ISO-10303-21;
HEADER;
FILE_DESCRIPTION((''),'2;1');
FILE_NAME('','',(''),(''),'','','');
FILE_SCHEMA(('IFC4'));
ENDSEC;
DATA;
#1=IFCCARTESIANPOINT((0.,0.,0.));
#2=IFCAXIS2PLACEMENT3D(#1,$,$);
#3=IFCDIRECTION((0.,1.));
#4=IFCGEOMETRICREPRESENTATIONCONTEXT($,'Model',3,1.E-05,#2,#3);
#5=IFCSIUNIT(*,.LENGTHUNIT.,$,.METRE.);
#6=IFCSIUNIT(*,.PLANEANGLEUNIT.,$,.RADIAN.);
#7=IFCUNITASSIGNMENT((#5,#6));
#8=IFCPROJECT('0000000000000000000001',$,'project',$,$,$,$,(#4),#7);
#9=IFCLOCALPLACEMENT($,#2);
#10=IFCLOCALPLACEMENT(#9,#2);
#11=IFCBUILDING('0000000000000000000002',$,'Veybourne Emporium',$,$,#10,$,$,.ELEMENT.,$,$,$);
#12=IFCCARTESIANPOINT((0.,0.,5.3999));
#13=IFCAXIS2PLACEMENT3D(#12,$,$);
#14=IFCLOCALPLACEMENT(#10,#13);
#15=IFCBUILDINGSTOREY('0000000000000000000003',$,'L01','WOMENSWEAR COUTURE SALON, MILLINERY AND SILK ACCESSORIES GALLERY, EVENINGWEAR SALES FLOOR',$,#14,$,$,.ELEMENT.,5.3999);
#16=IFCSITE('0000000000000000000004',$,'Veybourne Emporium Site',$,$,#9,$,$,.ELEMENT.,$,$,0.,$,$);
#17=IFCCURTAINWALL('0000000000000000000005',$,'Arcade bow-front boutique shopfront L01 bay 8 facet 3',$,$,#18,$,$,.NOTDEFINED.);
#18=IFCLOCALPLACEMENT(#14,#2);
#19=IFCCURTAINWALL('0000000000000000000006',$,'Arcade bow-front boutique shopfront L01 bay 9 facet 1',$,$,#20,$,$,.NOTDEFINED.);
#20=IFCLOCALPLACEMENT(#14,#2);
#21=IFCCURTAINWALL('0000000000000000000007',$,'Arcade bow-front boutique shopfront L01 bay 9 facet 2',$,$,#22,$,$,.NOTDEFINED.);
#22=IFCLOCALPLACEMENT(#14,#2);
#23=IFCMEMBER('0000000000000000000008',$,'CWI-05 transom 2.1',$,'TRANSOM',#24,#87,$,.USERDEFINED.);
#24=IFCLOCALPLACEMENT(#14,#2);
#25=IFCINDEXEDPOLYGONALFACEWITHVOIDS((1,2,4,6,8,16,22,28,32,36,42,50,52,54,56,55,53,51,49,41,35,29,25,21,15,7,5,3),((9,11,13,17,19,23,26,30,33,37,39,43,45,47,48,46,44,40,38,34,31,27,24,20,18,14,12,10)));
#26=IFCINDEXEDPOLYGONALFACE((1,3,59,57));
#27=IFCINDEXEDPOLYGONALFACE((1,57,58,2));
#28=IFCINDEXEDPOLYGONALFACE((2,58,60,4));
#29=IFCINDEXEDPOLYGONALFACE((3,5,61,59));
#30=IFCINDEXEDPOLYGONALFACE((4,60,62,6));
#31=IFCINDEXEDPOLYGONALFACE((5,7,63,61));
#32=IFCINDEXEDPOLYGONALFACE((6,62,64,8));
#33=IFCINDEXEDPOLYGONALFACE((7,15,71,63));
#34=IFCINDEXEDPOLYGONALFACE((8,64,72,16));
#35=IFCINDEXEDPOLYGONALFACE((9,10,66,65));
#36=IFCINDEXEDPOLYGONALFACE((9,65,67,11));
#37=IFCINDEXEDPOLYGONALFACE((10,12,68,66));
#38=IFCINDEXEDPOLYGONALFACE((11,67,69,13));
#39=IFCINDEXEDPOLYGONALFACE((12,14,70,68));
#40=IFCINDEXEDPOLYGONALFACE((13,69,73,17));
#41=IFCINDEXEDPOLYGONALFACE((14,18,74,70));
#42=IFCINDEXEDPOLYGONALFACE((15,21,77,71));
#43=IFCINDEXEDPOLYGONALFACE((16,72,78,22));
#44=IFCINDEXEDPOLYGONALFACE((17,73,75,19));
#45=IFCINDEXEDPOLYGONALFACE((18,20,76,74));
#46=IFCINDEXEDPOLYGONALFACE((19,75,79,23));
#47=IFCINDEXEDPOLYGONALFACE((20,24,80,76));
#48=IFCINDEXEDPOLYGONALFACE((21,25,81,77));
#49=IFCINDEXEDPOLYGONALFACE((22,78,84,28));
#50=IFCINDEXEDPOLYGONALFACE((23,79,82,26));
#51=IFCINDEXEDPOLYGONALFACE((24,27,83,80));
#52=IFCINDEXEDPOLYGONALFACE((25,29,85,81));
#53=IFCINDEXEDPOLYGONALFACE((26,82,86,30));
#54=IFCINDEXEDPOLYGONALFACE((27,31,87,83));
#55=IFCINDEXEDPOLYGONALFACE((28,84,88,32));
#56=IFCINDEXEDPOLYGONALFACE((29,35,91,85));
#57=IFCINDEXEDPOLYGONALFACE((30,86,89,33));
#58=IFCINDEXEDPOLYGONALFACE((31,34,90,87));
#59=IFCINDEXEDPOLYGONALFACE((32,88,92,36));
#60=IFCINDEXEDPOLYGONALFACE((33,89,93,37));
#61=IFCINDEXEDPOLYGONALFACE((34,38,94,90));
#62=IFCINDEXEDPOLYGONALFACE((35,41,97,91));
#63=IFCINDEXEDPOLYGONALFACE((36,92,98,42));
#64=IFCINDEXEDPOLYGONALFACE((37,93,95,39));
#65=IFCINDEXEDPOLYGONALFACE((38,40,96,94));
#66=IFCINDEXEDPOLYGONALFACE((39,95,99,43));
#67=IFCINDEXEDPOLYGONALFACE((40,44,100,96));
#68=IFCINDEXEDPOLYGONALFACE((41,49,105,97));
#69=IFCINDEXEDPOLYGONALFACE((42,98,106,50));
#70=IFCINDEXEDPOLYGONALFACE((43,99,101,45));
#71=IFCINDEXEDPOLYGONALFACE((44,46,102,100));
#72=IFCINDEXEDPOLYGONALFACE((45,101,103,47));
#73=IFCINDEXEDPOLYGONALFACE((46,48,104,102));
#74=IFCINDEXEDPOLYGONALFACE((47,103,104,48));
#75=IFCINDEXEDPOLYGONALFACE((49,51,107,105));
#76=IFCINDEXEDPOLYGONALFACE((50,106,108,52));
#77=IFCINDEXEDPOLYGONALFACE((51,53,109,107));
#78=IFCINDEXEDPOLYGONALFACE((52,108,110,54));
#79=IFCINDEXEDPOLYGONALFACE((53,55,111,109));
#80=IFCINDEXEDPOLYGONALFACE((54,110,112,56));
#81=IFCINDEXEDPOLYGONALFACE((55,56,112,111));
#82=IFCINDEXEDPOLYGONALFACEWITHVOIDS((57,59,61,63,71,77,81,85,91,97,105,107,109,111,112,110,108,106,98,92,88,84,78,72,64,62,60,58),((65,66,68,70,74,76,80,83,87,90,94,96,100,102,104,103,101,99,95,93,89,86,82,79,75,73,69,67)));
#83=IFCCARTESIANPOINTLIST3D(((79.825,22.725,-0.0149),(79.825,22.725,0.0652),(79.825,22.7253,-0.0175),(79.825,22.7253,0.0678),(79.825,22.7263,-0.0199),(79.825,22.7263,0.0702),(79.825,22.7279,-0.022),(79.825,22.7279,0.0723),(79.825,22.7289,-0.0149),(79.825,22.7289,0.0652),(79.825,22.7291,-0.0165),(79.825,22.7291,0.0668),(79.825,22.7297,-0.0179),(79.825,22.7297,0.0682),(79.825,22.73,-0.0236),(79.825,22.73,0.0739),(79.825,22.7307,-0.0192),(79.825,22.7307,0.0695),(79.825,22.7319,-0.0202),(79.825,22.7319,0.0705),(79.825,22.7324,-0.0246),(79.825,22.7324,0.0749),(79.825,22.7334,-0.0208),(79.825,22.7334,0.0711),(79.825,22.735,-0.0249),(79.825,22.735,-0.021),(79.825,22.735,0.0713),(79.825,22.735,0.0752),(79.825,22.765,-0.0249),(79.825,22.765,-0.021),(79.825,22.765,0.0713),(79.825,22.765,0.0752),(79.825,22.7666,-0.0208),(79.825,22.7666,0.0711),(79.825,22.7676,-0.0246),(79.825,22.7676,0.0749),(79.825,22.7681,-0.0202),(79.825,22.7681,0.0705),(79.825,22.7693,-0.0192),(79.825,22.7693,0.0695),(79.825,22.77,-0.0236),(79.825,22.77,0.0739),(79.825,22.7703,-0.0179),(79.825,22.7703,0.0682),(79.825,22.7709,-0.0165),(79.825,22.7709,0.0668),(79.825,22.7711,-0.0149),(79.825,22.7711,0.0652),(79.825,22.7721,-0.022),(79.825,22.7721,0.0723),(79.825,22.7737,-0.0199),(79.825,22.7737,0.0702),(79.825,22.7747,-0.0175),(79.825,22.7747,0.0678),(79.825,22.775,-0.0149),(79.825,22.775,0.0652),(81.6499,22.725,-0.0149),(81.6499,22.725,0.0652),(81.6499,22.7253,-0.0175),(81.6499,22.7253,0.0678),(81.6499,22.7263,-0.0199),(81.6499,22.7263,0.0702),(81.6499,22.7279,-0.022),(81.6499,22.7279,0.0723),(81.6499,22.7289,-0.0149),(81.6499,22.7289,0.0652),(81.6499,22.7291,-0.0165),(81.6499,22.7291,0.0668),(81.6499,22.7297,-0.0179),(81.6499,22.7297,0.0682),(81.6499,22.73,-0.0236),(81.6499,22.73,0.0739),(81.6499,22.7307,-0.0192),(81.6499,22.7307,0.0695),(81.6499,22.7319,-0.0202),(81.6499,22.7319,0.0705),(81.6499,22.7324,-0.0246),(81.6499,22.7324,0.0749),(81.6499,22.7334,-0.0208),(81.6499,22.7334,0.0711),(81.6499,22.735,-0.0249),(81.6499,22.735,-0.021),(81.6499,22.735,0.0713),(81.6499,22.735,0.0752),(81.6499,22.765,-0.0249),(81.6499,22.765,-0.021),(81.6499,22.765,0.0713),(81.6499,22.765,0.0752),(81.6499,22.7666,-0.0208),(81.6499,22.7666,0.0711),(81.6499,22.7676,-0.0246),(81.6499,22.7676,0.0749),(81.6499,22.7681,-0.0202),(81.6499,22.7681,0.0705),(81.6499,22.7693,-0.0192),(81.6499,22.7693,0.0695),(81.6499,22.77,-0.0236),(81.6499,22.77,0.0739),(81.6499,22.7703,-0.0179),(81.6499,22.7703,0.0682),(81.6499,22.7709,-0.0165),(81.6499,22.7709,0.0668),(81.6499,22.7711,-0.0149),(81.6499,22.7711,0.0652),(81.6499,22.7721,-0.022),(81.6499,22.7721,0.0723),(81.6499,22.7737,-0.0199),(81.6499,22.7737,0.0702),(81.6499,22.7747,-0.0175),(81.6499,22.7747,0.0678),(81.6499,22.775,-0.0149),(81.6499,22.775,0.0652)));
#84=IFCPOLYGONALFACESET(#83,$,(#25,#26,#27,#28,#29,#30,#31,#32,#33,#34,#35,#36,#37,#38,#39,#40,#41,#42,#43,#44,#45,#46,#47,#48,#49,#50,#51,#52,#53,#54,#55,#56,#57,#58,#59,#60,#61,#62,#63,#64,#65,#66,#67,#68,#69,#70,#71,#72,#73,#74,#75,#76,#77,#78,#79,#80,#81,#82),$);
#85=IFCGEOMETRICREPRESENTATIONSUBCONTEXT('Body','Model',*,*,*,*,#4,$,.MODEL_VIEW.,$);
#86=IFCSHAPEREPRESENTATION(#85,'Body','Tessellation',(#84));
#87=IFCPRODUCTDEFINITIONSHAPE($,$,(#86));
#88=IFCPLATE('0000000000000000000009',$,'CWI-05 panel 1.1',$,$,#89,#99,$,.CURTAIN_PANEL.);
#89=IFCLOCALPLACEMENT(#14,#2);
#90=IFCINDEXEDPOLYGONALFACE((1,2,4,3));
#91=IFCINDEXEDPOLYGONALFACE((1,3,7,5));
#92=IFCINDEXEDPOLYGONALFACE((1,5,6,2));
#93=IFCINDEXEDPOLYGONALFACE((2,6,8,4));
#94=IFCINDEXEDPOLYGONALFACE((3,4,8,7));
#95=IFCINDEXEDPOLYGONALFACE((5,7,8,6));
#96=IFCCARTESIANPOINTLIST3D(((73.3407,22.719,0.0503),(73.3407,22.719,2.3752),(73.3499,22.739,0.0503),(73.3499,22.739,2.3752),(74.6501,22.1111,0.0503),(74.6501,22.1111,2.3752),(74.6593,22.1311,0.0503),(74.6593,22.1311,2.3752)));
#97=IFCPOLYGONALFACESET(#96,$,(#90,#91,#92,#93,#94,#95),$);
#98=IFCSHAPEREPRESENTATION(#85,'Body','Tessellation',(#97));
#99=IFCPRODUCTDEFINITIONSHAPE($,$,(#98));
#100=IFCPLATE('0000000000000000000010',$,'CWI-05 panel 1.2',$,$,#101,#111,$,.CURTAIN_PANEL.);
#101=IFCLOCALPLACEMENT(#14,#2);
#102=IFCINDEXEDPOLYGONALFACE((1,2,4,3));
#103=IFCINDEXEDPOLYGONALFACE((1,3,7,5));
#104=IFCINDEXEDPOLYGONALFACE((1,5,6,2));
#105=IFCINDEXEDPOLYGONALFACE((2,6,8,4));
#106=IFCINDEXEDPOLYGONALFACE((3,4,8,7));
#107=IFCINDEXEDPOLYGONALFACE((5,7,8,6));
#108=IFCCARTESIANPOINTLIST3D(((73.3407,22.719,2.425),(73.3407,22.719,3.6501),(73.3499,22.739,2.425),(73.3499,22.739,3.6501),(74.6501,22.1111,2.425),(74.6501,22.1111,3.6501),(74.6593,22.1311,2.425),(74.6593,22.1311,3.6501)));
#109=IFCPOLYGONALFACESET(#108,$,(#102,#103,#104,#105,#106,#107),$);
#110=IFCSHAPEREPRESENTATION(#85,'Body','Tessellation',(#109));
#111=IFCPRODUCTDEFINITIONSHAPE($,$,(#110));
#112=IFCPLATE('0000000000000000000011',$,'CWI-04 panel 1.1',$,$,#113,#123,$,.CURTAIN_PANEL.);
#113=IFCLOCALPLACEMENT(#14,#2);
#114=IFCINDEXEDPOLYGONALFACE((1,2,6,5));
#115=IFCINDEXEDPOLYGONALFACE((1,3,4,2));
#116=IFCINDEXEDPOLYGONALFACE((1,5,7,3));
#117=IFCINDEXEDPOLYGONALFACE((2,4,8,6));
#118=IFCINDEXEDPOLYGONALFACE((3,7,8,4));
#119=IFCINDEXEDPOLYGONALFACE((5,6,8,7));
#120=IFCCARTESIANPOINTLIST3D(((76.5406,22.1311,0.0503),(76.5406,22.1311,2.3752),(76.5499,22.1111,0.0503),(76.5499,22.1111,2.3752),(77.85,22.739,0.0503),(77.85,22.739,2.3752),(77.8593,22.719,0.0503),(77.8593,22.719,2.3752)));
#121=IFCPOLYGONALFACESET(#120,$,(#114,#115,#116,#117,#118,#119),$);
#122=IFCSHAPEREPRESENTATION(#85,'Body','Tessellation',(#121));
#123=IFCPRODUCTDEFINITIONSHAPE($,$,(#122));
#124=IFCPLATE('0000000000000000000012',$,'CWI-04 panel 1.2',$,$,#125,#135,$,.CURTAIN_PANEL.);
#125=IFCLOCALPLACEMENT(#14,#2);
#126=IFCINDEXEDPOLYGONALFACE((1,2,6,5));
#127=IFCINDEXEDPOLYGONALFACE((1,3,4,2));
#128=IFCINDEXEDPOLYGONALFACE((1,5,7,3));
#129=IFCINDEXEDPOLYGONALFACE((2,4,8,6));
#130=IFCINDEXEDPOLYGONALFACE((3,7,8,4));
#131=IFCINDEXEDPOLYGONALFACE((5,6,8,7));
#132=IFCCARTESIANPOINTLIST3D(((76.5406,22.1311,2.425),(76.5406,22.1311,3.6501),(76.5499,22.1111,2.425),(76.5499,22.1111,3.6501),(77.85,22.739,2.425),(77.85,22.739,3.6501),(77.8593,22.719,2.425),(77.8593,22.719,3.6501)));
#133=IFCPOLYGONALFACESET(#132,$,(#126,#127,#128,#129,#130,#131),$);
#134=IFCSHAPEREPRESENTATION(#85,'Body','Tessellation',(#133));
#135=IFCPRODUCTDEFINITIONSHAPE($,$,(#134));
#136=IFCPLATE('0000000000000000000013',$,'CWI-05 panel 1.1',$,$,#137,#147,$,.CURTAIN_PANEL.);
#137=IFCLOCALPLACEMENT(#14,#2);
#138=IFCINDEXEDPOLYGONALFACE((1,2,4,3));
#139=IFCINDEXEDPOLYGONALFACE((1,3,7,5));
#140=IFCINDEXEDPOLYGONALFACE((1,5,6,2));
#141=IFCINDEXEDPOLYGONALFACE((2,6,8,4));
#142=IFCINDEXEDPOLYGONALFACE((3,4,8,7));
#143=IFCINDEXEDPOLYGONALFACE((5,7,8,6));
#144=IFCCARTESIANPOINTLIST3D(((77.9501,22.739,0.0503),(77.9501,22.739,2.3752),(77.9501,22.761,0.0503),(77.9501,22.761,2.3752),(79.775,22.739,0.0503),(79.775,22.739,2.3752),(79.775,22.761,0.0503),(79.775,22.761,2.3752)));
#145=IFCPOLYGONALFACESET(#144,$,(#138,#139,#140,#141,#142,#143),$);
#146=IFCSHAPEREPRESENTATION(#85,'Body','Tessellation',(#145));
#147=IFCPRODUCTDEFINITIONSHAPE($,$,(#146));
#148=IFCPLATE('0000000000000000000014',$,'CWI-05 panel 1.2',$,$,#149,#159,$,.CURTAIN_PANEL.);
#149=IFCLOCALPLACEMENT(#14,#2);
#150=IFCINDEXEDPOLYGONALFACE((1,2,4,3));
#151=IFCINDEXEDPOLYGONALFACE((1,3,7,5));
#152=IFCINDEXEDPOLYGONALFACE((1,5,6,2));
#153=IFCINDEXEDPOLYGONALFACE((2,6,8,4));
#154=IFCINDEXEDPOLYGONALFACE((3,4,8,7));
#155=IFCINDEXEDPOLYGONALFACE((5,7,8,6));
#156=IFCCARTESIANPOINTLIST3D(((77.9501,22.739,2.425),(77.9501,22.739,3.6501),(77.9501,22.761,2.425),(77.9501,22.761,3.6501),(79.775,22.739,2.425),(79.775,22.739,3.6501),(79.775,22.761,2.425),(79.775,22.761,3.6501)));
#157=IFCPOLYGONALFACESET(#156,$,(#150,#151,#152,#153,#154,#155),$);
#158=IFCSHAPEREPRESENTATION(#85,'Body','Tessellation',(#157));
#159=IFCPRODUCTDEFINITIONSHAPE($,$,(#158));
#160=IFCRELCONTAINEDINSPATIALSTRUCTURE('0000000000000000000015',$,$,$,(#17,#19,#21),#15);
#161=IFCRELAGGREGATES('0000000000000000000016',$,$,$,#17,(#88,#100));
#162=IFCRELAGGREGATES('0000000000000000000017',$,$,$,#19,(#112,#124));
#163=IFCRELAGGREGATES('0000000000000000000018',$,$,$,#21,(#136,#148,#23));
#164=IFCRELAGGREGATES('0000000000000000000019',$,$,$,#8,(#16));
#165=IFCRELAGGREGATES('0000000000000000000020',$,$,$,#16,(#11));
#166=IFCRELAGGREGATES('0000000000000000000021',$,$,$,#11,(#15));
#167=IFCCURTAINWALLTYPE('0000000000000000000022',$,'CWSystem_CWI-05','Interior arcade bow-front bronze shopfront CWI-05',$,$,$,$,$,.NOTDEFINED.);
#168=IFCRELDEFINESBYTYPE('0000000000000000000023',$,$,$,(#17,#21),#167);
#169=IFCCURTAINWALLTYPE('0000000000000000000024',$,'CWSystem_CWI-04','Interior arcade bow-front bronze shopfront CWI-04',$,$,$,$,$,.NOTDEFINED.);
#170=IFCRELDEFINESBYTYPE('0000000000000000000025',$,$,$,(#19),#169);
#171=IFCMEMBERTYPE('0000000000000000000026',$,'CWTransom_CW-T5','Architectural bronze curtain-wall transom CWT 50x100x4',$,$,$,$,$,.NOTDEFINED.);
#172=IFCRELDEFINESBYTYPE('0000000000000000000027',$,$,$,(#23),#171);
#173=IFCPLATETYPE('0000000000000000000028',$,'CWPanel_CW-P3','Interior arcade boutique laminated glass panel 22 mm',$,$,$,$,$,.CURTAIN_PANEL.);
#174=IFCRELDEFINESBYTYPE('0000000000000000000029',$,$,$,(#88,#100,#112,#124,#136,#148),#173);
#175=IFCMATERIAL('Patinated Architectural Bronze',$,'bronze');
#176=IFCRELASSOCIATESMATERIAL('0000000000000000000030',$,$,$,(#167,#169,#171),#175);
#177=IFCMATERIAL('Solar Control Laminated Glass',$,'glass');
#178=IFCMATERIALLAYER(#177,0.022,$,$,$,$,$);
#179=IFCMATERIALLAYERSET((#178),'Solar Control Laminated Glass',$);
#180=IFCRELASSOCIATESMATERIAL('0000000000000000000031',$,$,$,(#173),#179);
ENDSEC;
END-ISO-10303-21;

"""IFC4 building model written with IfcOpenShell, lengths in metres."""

from ifc_helpers import new_model, si_unit, direction, frame, origin, origin_2d, place, context, subcontext, project, spatial, rectangle, hollow_rectangle, extrude, material, layer, layer_set, material_profile, profile_set, type_object, element, aggregate, save


model = new_model("IFC4")

# Units and contexts
model_context = context("Model", 3, precision=1e-05, world=origin(), true_north=direction((0.0, 1.0)))
body_context = subcontext(model_context, "Body", "Model", "MODEL_VIEW")
ifc_project = project(units=[si_unit("LENGTHUNIT", "METRE"), si_unit("PLANEANGLEUNIT", "RADIAN")], contexts=[model_context])

# Site, building, storey
site_placement = place(None, origin())
site = spatial("IfcSite", under=ifc_project, at=site_placement, Name="Veybourne Emporium Site", CompositionType="ELEMENT", RefElevation=0.0)
building_placement = place(site_placement, origin())
building = spatial("IfcBuilding", under=site, at=building_placement, Name="Veybourne Emporium", CompositionType="ELEMENT")
storey_placement = place(building_placement, frame((0.0, 0.0, 5.3999)))
storey = spatial("IfcBuildingStorey", under=building, at=storey_placement, Name="L01", Description="WOMENSWEAR COUTURE SALON, MILLINERY AND SILK ACCESSORIES GALLERY, EVENINGWEAR SALES FLOOR", CompositionType="ELEMENT", Elevation=5.3999)

# Curtain wall
ifc_material_1 = material(Name="Patinated Architectural Bronze", Category="bronze")
curtain_wall_type_1 = type_object("IfcCurtainWallType", Name="CWSystem_CWI-05", Description="Interior arcade bow-front bronze shopfront CWI-05", PredefinedType="NOTDEFINED", material=ifc_material_1)
curtain_wall_1_placement = place(storey_placement, origin())
curtain_wall_1 = element("IfcCurtainWall", 1, at=curtain_wall_1_placement, inside=storey, type_object=curtain_wall_type_1, Name="Arcade bow-front boutique shopfront L01 bay 8 facet 3", PredefinedType="NOTDEFINED")

# Curtain walls
curtain_wall_type_2 = type_object("IfcCurtainWallType", Name="CWSystem_CWI-04", Description="Interior arcade bow-front bronze shopfront CWI-04", PredefinedType="NOTDEFINED", material=ifc_material_1)
curtain_wall_2_placement = place(storey_placement, origin())
curtain_wall_2 = element("IfcCurtainWall", 2, at=curtain_wall_2_placement, inside=storey, type_object=curtain_wall_type_2, Name="Arcade bow-front boutique shopfront L01 bay 9 facet 1", PredefinedType="NOTDEFINED")
curtain_wall_3_placement = place(storey_placement, origin())
curtain_wall_3 = element("IfcCurtainWall", 3, at=curtain_wall_3_placement, inside=storey, type_object=curtain_wall_type_1, Name="Arcade bow-front boutique shopfront L01 bay 9 facet 2", PredefinedType="NOTDEFINED")

# Member
ifc_material_profile_1 = material_profile(ifc_material_1, hollow_rectangle(XDim=0.05, YDim=0.1001, WallThickness=0.0039, InnerFilletRadius=0.0061, OuterFilletRadius=0.01, at=origin_2d()), Name="CWT 50x100x4")
ifc_profile_set_1 = profile_set([ifc_material_profile_1], Name="Patinated Architectural Bronze")
member_type_1 = type_object("IfcMemberType", Name="CWTransom_CW-T5", Description="Architectural bronze curtain-wall transom CWT 50x100x4", PredefinedType="NOTDEFINED", material=ifc_profile_set_1)
member_1_placement = place(storey_placement, frame((79.825, 22.75, 0.0251), z_axis=(1.0, 0.0, 0.0), x_axis=(0.0, 1.0, 0.0)))
member_1 = element("IfcMember", 4, at=member_1_placement, type_object=member_type_1, Name="CWI-05 transom 2.1", ObjectType="TRANSOM", PredefinedType="USERDEFINED", context=body_context, shape_type="SweptSolid", body=[
    extrude(hollow_rectangle(XDim=0.05, YDim=0.1001, WallThickness=0.0039, InnerFilletRadius=0.0061, OuterFilletRadius=0.01, at=origin_2d()), origin(), (0.0, 0.0, 1.0), 1.825),
])

# Plates
ifc_material_2 = material(Name="Solar Control Laminated Glass", Category="glass")
ifc_layer = layer(ifc_material_2, 0.022)
ifc_layer_set = layer_set([ifc_layer], Name="Solar Control Laminated Glass")
plate_type = type_object("IfcPlateType", Name="CWPanel_CW-P3", Description="Interior arcade boutique laminated glass panel 22 mm", PredefinedType="CURTAIN_PANEL", material=ifc_layer_set)
plate_1_placement = place(storey_placement, frame((74.0, 22.425, 0.0503), z_axis=(0.0, 0.0, 1.0), x_axis=(0.907009, -0.421111, 0.0)))
plate_1 = element("IfcPlate", 5, at=plate_1_placement, type_object=plate_type, Name="CWI-05 panel 1.1", PredefinedType="CURTAIN_PANEL", context=body_context, shape_type="SweptSolid", body=[
    extrude(rectangle(XDim=1.4436, YDim=0.022, at=origin_2d()), origin(), (0.0, 0.0, 1.0), 2.325),
])
plate_2_placement = place(storey_placement, frame((74.0, 22.425, 2.425), z_axis=(0.0, 0.0, 1.0), x_axis=(0.907009, -0.421111, 0.0)))
plate_2 = element("IfcPlate", 6, at=plate_2_placement, type_object=plate_type, Name="CWI-05 panel 1.2", PredefinedType="CURTAIN_PANEL", context=body_context, shape_type="SweptSolid", body=[
    extrude(rectangle(XDim=1.4436, YDim=0.022, at=origin_2d()), origin(), (0.0, 0.0, 1.0), 1.2251),
])
aggregate(curtain_wall_1, [plate_1, plate_2])
plate_3_placement = place(storey_placement, frame((77.2, 22.425, 0.0503), z_axis=(0.0, 0.0, 1.0), x_axis=(0.907009, 0.421111, 0.0)))
plate_3 = element("IfcPlate", 7, at=plate_3_placement, type_object=plate_type, Name="CWI-04 panel 1.1", PredefinedType="CURTAIN_PANEL", context=body_context, shape_type="SweptSolid", body=[
    extrude(rectangle(XDim=1.4436, YDim=0.022, at=origin_2d()), origin(), (0.0, 0.0, 1.0), 2.325),
])
plate_4_placement = place(storey_placement, frame((77.2, 22.425, 2.425), z_axis=(0.0, 0.0, 1.0), x_axis=(0.907009, 0.421111, 0.0)))
plate_4 = element("IfcPlate", 8, at=plate_4_placement, type_object=plate_type, Name="CWI-04 panel 1.2", PredefinedType="CURTAIN_PANEL", context=body_context, shape_type="SweptSolid", body=[
    extrude(rectangle(XDim=1.4436, YDim=0.022, at=origin_2d()), origin(), (0.0, 0.0, 1.0), 1.2251),
])
aggregate(curtain_wall_2, [plate_3, plate_4])
plate_5_placement = place(storey_placement, frame((78.8625, 22.75, 0.0503), z_axis=(0.0, 0.0, 1.0), x_axis=(1.0, 0.0, 0.0)))
plate_5 = element("IfcPlate", 9, at=plate_5_placement, type_object=plate_type, Name="CWI-05 panel 1.1", PredefinedType="CURTAIN_PANEL", context=body_context, shape_type="SweptSolid", body=[
    extrude(rectangle(XDim=1.825, YDim=0.022, at=origin_2d()), origin(), (0.0, 0.0, 1.0), 2.325),
])
plate_6_placement = place(storey_placement, frame((78.8625, 22.75, 2.425), z_axis=(0.0, 0.0, 1.0), x_axis=(1.0, 0.0, 0.0)))
plate_6 = element("IfcPlate", 10, at=plate_6_placement, type_object=plate_type, Name="CWI-05 panel 1.2", PredefinedType="CURTAIN_PANEL", context=body_context, shape_type="SweptSolid", body=[
    extrude(rectangle(XDim=1.825, YDim=0.022, at=origin_2d()), origin(), (0.0, 0.0, 1.0), 1.2251),
])
aggregate(curtain_wall_3, [plate_5, plate_6, member_1])

save(model, "model.ifc")
